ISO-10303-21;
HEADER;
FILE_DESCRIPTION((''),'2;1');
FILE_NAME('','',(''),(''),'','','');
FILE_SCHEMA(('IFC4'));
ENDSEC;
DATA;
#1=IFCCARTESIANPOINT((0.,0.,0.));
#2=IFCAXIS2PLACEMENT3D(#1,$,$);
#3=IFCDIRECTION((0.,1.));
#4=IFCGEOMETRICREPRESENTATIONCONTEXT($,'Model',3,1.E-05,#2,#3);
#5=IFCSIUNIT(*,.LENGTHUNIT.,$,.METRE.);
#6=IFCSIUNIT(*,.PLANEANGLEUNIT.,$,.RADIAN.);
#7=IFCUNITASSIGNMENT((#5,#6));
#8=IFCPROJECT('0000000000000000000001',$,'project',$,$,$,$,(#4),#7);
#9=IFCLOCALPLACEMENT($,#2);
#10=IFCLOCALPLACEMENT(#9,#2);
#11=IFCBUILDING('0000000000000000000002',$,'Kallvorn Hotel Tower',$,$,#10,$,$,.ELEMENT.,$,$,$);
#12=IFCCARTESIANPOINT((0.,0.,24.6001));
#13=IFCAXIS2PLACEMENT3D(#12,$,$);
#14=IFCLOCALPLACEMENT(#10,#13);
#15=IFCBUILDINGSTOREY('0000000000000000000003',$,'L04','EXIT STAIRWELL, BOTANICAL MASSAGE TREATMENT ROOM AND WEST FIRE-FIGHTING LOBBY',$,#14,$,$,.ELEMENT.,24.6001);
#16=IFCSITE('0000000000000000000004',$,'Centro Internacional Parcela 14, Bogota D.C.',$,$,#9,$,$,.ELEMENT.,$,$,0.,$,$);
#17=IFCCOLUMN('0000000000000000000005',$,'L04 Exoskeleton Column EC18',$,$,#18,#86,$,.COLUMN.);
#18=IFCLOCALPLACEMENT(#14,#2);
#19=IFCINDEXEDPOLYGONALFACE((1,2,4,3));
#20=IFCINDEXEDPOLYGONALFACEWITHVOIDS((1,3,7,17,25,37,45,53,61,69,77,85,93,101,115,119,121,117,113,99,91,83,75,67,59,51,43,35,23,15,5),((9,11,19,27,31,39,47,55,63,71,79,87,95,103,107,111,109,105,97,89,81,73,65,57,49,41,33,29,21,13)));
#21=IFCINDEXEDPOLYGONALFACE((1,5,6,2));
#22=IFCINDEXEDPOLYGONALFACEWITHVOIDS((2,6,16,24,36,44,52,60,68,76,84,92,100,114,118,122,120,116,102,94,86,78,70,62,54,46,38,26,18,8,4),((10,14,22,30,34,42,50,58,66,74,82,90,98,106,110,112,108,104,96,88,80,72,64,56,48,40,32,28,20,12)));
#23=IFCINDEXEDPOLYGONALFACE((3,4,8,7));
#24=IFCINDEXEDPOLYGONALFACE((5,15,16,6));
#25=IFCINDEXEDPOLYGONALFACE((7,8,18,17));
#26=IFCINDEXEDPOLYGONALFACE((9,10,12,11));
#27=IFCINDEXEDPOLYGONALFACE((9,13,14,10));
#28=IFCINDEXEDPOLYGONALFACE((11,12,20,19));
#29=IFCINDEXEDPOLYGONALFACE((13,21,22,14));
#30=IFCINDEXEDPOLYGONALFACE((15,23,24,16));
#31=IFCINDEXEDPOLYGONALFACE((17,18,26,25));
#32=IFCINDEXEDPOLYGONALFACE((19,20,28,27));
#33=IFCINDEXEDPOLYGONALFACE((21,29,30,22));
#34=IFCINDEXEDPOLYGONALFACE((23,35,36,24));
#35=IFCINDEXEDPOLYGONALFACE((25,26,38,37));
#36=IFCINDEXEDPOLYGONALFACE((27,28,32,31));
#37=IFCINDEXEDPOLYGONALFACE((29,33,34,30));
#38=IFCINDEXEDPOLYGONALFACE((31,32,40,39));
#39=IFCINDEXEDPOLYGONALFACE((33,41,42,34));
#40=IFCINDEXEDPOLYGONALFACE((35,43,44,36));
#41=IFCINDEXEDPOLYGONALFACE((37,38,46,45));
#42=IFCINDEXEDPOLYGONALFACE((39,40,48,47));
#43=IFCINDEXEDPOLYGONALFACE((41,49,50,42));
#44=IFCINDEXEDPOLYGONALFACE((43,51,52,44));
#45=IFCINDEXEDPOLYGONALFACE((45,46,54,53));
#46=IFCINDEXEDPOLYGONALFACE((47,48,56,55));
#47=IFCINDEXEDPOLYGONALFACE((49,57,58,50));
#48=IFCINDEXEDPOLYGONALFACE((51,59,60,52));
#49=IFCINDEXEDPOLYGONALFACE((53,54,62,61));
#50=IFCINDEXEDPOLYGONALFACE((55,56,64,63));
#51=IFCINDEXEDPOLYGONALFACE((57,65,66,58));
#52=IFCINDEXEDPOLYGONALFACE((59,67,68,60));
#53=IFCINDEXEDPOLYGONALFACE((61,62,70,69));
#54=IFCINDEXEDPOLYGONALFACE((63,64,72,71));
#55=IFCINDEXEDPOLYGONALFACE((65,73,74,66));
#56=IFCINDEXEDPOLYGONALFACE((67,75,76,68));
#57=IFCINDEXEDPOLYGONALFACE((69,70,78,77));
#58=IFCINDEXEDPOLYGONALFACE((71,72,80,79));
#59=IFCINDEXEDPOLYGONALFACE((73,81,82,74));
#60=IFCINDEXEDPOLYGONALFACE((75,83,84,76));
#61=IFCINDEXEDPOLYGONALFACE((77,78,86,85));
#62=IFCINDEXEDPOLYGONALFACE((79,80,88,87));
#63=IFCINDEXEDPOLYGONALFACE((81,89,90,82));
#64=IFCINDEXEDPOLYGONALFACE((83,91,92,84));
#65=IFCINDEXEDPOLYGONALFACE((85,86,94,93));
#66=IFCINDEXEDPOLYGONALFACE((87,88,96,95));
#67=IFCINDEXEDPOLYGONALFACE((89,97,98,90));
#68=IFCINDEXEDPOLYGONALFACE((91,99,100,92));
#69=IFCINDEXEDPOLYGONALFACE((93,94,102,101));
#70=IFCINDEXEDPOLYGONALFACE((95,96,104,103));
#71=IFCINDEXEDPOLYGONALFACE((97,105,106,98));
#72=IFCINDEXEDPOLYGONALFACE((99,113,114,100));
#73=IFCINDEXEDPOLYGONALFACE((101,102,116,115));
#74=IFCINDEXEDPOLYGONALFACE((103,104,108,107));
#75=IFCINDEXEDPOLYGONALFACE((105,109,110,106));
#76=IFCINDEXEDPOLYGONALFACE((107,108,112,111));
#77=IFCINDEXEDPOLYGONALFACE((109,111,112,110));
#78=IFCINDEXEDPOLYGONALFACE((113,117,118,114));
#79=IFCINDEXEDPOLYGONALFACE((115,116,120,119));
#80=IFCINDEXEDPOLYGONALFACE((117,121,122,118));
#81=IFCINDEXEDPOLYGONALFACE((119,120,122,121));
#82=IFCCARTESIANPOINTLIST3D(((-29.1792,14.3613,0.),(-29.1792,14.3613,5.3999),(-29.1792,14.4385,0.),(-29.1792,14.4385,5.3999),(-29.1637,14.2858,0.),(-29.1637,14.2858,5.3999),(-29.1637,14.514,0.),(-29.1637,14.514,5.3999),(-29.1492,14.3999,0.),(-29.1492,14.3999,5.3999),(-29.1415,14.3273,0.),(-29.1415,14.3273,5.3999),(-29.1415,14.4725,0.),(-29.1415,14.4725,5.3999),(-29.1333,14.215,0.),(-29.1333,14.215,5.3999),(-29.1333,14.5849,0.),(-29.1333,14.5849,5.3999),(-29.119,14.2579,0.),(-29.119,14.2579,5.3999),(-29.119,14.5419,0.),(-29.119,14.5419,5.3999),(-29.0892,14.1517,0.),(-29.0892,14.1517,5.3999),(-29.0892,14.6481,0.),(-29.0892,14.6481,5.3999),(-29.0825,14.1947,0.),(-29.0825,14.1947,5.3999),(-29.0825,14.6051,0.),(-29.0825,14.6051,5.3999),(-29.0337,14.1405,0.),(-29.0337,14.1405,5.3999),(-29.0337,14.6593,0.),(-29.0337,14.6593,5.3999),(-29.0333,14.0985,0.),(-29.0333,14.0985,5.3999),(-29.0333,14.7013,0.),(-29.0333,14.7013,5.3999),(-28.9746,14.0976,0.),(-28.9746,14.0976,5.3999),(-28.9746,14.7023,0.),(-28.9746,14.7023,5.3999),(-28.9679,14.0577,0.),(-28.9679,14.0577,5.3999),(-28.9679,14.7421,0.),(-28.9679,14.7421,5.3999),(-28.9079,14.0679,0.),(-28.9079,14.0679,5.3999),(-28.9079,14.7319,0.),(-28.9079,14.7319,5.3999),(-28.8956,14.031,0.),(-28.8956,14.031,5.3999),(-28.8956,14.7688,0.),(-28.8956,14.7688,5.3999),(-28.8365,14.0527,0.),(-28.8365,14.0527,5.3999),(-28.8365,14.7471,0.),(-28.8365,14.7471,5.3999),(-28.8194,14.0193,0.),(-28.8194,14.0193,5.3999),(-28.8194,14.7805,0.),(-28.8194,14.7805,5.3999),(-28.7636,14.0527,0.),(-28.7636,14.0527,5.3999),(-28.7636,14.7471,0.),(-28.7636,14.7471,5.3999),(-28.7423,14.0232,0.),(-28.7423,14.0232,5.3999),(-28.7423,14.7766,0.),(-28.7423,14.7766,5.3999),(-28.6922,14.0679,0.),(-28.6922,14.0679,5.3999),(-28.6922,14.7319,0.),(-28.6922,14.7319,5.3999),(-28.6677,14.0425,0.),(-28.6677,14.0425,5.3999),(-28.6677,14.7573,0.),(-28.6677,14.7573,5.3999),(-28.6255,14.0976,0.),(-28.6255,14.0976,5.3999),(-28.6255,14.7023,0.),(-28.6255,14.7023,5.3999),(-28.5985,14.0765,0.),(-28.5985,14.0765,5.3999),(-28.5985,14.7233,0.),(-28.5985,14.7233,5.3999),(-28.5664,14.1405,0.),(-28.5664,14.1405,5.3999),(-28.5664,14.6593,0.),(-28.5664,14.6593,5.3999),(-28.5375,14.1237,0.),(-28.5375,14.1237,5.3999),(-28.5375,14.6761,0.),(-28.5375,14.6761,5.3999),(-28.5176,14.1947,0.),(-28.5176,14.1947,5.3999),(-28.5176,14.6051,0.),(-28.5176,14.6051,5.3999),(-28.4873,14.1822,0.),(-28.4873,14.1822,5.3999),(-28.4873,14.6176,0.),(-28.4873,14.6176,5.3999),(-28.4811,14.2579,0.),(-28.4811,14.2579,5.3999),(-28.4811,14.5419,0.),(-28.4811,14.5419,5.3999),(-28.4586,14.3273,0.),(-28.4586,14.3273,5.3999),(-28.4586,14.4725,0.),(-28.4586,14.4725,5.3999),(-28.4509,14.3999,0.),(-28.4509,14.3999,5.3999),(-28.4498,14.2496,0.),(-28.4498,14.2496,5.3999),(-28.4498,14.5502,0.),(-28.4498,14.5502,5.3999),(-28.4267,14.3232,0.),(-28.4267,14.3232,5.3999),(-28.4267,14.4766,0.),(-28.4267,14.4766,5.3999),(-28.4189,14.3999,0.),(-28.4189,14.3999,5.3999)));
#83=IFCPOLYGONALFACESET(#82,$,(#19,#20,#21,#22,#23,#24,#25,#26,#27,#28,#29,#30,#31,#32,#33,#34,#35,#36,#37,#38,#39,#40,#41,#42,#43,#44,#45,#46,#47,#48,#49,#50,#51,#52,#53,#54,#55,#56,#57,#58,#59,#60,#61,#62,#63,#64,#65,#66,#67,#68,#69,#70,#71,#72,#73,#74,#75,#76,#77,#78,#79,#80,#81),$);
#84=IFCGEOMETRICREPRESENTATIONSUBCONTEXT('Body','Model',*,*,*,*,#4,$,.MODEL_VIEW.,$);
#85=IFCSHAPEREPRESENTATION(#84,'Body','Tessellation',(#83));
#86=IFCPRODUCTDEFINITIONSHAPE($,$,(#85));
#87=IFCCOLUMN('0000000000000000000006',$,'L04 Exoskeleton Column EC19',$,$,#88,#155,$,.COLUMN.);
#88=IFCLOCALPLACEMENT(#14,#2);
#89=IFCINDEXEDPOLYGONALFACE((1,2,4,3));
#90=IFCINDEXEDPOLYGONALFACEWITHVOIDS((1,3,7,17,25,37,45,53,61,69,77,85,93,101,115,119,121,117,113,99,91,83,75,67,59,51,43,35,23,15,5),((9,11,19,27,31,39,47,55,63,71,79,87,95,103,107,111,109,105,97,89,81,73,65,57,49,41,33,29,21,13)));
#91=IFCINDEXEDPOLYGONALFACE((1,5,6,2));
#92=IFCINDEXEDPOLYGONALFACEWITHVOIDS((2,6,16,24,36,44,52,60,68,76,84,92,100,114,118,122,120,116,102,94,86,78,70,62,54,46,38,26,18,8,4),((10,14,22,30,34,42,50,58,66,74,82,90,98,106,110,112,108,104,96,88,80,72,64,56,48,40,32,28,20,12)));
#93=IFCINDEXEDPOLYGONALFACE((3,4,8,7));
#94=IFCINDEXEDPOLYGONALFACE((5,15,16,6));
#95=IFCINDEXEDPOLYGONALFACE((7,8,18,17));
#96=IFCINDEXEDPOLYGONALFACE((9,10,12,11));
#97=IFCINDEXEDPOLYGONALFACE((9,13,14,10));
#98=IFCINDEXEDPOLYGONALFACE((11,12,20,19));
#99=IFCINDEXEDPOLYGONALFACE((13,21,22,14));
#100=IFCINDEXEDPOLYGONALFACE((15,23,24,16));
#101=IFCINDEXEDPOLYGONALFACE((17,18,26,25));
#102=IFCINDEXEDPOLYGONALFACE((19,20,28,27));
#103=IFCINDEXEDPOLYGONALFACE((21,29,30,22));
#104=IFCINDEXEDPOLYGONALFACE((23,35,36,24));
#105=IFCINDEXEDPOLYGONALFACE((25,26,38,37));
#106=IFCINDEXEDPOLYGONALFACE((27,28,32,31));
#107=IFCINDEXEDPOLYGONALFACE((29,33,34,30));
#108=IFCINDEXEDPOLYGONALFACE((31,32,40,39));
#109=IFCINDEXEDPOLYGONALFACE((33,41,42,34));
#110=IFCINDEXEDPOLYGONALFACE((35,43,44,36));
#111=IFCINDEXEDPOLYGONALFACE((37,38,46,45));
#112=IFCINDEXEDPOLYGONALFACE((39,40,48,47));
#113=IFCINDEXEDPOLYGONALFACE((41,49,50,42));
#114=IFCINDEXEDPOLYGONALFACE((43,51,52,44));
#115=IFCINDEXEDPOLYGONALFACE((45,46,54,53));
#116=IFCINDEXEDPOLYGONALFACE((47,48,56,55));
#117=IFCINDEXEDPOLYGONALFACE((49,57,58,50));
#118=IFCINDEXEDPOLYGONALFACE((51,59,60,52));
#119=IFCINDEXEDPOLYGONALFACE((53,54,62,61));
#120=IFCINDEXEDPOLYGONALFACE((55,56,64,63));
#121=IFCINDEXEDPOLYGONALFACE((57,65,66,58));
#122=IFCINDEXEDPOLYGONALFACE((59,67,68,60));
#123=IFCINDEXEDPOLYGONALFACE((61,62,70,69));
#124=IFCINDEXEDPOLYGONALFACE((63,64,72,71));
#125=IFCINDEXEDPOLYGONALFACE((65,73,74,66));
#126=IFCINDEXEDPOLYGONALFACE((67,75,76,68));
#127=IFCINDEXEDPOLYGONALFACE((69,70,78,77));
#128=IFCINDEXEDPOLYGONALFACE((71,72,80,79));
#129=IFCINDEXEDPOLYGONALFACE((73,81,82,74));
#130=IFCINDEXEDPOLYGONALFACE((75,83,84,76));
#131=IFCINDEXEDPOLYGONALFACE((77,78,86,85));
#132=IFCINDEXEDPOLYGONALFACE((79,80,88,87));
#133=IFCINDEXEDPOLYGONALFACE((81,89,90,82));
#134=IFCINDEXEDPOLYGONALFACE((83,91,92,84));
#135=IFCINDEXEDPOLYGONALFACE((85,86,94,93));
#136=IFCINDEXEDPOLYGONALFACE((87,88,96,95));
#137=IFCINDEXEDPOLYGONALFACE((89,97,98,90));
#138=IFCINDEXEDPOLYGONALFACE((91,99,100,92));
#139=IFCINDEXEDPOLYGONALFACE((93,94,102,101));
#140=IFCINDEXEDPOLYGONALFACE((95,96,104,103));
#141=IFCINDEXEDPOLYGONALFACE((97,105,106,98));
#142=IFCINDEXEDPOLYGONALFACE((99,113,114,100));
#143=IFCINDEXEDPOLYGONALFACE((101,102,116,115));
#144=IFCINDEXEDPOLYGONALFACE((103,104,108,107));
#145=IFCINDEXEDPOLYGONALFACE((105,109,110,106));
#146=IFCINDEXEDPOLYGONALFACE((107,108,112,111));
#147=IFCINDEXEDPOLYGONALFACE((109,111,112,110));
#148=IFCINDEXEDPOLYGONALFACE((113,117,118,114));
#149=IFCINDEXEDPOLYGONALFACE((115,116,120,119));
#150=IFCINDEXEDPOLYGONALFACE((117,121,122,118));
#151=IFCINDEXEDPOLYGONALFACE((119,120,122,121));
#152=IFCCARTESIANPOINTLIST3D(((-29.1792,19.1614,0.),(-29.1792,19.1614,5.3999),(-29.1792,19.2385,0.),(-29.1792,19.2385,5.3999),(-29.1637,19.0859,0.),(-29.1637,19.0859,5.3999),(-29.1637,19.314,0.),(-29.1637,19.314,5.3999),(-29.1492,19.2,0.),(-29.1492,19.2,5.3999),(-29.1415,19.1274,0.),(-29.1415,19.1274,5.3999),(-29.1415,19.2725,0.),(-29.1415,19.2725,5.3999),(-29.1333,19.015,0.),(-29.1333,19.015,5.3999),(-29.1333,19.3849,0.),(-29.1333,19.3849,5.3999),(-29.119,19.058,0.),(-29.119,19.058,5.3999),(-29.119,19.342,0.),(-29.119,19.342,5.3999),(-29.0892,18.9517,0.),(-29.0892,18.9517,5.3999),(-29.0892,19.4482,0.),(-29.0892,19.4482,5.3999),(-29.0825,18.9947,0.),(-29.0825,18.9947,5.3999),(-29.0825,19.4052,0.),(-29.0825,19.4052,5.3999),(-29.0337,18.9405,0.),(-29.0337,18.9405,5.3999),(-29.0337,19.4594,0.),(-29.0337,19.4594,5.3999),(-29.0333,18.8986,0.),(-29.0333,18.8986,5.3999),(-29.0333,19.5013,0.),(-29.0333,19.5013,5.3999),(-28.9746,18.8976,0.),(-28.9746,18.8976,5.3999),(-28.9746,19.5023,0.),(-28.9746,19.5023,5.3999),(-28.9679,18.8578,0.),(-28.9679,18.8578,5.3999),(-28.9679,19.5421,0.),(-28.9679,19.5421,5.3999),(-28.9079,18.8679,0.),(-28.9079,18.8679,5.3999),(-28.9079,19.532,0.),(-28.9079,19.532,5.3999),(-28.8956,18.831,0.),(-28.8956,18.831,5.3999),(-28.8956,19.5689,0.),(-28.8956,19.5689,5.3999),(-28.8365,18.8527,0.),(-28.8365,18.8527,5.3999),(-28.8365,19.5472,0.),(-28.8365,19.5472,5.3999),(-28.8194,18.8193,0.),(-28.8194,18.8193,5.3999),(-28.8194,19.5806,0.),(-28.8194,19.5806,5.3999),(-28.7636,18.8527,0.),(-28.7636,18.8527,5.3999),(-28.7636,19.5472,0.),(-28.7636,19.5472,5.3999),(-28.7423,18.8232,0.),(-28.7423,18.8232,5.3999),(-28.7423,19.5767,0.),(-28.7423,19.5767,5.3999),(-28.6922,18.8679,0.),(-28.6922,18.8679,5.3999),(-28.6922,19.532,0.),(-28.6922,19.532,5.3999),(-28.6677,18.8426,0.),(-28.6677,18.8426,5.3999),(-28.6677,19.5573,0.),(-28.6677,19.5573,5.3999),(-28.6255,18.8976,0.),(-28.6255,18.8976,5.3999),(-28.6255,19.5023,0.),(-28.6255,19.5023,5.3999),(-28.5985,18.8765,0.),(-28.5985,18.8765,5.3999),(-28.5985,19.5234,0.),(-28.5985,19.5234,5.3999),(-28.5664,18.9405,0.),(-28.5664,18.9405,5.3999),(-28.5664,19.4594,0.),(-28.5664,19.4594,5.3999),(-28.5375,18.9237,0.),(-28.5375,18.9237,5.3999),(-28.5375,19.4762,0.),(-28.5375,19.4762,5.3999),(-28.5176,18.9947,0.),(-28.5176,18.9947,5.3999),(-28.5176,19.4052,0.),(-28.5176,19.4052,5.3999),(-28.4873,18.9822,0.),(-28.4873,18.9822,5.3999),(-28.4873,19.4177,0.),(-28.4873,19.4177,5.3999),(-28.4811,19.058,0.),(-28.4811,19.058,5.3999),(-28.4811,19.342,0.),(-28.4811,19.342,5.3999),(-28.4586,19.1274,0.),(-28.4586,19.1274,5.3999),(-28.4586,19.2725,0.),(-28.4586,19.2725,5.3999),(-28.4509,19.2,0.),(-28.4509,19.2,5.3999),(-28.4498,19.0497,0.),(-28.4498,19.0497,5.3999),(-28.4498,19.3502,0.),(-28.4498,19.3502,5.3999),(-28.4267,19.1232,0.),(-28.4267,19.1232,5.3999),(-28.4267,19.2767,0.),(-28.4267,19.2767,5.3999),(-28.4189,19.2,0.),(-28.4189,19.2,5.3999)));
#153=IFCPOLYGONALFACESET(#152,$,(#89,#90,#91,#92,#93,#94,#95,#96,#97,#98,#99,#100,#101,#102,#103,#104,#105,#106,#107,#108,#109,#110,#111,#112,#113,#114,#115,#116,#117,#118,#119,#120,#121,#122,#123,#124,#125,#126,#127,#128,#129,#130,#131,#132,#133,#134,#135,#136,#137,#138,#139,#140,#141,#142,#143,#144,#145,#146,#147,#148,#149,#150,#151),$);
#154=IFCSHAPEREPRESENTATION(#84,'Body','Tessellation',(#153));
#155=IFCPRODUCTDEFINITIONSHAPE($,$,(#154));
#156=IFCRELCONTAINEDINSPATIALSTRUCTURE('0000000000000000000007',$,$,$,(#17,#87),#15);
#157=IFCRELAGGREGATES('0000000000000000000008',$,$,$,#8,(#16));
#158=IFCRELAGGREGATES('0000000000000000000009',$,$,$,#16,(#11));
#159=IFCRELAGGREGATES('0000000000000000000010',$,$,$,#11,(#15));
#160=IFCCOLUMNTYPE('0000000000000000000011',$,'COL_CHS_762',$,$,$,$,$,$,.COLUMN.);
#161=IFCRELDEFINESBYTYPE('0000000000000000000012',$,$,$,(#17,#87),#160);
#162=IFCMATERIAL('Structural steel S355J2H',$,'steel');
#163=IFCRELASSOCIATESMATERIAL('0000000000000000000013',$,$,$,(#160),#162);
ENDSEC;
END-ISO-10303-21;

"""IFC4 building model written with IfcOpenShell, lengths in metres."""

from ifc_helpers import new_model, si_unit, direction, frame, origin, origin_2d, place, context, subcontext, project, spatial, hollow_circle, extrude, material, material_profile, profile_set, type_object, element, save


model = new_model("IFC4")

# Units and contexts
model_context = context("Model", 3, precision=1e-05, world=origin(), true_north=direction((0.0, 1.0)))
body_context = subcontext(model_context, "Body", "Model", "MODEL_VIEW")
ifc_project = project(units=[si_unit("LENGTHUNIT", "METRE"), si_unit("PLANEANGLEUNIT", "RADIAN")], contexts=[model_context])

# Site, building, storey
site_placement = place(None, origin())
site = spatial("IfcSite", under=ifc_project, at=site_placement, Name="Centro Internacional Parcela 14, Bogota D.C.", CompositionType="ELEMENT", RefElevation=0.0)
building_placement = place(site_placement, origin())
building = spatial("IfcBuilding", under=site, at=building_placement, Name="Kallvorn Hotel Tower", CompositionType="ELEMENT")
storey_placement = place(building_placement, frame((0.0, 0.0, 24.6001)))
storey = spatial("IfcBuildingStorey", under=building, at=storey_placement, Name="L04", Description="EXIT STAIRWELL, BOTANICAL MASSAGE TREATMENT ROOM AND WEST FIRE-FIGHTING LOBBY", CompositionType="ELEMENT", Elevation=24.6001)

# Columns
ifc_material_1 = material(Name="Structural steel S355J2H", Category="steel")
ifc_material_profile_1 = material_profile(ifc_material_1, hollow_circle(Radius=0.3811, WallThickness=0.032, at=origin_2d()), Name="CHS 762x32")
ifc_profile_set_1 = profile_set([ifc_material_profile_1], Name="Structural steel S355J2H")
column_type_1 = type_object("IfcColumnType", Name="COL_CHS_762", PredefinedType="COLUMN", material=ifc_profile_set_1)
for number, where, z_axis, x_axis, name in (
    (1, (-28.8, 14.3999, 0.0), (0.0, 0.0, 1.0), (1.0, 0.0, 0.0), "L04 Exoskeleton Column EC18"),
    (2, (-28.8, 19.2, 0.0), (0.0, 0.0, 1.0), (1.0, 0.0, 0.0), "L04 Exoskeleton Column EC19"),
):
    element("IfcColumn", number, at=place(storey_placement, frame(where, z_axis=z_axis, x_axis=x_axis)), inside=storey, type_object=column_type_1, Name=name, PredefinedType="COLUMN", context=body_context, shape_type="SweptSolid", body=[
        extrude(hollow_circle(Radius=0.3811, WallThickness=0.032, at=origin_2d()), origin(), (0.0, 0.0, 1.0), 5.3999),
    ])

save(model, "model.ifc")
